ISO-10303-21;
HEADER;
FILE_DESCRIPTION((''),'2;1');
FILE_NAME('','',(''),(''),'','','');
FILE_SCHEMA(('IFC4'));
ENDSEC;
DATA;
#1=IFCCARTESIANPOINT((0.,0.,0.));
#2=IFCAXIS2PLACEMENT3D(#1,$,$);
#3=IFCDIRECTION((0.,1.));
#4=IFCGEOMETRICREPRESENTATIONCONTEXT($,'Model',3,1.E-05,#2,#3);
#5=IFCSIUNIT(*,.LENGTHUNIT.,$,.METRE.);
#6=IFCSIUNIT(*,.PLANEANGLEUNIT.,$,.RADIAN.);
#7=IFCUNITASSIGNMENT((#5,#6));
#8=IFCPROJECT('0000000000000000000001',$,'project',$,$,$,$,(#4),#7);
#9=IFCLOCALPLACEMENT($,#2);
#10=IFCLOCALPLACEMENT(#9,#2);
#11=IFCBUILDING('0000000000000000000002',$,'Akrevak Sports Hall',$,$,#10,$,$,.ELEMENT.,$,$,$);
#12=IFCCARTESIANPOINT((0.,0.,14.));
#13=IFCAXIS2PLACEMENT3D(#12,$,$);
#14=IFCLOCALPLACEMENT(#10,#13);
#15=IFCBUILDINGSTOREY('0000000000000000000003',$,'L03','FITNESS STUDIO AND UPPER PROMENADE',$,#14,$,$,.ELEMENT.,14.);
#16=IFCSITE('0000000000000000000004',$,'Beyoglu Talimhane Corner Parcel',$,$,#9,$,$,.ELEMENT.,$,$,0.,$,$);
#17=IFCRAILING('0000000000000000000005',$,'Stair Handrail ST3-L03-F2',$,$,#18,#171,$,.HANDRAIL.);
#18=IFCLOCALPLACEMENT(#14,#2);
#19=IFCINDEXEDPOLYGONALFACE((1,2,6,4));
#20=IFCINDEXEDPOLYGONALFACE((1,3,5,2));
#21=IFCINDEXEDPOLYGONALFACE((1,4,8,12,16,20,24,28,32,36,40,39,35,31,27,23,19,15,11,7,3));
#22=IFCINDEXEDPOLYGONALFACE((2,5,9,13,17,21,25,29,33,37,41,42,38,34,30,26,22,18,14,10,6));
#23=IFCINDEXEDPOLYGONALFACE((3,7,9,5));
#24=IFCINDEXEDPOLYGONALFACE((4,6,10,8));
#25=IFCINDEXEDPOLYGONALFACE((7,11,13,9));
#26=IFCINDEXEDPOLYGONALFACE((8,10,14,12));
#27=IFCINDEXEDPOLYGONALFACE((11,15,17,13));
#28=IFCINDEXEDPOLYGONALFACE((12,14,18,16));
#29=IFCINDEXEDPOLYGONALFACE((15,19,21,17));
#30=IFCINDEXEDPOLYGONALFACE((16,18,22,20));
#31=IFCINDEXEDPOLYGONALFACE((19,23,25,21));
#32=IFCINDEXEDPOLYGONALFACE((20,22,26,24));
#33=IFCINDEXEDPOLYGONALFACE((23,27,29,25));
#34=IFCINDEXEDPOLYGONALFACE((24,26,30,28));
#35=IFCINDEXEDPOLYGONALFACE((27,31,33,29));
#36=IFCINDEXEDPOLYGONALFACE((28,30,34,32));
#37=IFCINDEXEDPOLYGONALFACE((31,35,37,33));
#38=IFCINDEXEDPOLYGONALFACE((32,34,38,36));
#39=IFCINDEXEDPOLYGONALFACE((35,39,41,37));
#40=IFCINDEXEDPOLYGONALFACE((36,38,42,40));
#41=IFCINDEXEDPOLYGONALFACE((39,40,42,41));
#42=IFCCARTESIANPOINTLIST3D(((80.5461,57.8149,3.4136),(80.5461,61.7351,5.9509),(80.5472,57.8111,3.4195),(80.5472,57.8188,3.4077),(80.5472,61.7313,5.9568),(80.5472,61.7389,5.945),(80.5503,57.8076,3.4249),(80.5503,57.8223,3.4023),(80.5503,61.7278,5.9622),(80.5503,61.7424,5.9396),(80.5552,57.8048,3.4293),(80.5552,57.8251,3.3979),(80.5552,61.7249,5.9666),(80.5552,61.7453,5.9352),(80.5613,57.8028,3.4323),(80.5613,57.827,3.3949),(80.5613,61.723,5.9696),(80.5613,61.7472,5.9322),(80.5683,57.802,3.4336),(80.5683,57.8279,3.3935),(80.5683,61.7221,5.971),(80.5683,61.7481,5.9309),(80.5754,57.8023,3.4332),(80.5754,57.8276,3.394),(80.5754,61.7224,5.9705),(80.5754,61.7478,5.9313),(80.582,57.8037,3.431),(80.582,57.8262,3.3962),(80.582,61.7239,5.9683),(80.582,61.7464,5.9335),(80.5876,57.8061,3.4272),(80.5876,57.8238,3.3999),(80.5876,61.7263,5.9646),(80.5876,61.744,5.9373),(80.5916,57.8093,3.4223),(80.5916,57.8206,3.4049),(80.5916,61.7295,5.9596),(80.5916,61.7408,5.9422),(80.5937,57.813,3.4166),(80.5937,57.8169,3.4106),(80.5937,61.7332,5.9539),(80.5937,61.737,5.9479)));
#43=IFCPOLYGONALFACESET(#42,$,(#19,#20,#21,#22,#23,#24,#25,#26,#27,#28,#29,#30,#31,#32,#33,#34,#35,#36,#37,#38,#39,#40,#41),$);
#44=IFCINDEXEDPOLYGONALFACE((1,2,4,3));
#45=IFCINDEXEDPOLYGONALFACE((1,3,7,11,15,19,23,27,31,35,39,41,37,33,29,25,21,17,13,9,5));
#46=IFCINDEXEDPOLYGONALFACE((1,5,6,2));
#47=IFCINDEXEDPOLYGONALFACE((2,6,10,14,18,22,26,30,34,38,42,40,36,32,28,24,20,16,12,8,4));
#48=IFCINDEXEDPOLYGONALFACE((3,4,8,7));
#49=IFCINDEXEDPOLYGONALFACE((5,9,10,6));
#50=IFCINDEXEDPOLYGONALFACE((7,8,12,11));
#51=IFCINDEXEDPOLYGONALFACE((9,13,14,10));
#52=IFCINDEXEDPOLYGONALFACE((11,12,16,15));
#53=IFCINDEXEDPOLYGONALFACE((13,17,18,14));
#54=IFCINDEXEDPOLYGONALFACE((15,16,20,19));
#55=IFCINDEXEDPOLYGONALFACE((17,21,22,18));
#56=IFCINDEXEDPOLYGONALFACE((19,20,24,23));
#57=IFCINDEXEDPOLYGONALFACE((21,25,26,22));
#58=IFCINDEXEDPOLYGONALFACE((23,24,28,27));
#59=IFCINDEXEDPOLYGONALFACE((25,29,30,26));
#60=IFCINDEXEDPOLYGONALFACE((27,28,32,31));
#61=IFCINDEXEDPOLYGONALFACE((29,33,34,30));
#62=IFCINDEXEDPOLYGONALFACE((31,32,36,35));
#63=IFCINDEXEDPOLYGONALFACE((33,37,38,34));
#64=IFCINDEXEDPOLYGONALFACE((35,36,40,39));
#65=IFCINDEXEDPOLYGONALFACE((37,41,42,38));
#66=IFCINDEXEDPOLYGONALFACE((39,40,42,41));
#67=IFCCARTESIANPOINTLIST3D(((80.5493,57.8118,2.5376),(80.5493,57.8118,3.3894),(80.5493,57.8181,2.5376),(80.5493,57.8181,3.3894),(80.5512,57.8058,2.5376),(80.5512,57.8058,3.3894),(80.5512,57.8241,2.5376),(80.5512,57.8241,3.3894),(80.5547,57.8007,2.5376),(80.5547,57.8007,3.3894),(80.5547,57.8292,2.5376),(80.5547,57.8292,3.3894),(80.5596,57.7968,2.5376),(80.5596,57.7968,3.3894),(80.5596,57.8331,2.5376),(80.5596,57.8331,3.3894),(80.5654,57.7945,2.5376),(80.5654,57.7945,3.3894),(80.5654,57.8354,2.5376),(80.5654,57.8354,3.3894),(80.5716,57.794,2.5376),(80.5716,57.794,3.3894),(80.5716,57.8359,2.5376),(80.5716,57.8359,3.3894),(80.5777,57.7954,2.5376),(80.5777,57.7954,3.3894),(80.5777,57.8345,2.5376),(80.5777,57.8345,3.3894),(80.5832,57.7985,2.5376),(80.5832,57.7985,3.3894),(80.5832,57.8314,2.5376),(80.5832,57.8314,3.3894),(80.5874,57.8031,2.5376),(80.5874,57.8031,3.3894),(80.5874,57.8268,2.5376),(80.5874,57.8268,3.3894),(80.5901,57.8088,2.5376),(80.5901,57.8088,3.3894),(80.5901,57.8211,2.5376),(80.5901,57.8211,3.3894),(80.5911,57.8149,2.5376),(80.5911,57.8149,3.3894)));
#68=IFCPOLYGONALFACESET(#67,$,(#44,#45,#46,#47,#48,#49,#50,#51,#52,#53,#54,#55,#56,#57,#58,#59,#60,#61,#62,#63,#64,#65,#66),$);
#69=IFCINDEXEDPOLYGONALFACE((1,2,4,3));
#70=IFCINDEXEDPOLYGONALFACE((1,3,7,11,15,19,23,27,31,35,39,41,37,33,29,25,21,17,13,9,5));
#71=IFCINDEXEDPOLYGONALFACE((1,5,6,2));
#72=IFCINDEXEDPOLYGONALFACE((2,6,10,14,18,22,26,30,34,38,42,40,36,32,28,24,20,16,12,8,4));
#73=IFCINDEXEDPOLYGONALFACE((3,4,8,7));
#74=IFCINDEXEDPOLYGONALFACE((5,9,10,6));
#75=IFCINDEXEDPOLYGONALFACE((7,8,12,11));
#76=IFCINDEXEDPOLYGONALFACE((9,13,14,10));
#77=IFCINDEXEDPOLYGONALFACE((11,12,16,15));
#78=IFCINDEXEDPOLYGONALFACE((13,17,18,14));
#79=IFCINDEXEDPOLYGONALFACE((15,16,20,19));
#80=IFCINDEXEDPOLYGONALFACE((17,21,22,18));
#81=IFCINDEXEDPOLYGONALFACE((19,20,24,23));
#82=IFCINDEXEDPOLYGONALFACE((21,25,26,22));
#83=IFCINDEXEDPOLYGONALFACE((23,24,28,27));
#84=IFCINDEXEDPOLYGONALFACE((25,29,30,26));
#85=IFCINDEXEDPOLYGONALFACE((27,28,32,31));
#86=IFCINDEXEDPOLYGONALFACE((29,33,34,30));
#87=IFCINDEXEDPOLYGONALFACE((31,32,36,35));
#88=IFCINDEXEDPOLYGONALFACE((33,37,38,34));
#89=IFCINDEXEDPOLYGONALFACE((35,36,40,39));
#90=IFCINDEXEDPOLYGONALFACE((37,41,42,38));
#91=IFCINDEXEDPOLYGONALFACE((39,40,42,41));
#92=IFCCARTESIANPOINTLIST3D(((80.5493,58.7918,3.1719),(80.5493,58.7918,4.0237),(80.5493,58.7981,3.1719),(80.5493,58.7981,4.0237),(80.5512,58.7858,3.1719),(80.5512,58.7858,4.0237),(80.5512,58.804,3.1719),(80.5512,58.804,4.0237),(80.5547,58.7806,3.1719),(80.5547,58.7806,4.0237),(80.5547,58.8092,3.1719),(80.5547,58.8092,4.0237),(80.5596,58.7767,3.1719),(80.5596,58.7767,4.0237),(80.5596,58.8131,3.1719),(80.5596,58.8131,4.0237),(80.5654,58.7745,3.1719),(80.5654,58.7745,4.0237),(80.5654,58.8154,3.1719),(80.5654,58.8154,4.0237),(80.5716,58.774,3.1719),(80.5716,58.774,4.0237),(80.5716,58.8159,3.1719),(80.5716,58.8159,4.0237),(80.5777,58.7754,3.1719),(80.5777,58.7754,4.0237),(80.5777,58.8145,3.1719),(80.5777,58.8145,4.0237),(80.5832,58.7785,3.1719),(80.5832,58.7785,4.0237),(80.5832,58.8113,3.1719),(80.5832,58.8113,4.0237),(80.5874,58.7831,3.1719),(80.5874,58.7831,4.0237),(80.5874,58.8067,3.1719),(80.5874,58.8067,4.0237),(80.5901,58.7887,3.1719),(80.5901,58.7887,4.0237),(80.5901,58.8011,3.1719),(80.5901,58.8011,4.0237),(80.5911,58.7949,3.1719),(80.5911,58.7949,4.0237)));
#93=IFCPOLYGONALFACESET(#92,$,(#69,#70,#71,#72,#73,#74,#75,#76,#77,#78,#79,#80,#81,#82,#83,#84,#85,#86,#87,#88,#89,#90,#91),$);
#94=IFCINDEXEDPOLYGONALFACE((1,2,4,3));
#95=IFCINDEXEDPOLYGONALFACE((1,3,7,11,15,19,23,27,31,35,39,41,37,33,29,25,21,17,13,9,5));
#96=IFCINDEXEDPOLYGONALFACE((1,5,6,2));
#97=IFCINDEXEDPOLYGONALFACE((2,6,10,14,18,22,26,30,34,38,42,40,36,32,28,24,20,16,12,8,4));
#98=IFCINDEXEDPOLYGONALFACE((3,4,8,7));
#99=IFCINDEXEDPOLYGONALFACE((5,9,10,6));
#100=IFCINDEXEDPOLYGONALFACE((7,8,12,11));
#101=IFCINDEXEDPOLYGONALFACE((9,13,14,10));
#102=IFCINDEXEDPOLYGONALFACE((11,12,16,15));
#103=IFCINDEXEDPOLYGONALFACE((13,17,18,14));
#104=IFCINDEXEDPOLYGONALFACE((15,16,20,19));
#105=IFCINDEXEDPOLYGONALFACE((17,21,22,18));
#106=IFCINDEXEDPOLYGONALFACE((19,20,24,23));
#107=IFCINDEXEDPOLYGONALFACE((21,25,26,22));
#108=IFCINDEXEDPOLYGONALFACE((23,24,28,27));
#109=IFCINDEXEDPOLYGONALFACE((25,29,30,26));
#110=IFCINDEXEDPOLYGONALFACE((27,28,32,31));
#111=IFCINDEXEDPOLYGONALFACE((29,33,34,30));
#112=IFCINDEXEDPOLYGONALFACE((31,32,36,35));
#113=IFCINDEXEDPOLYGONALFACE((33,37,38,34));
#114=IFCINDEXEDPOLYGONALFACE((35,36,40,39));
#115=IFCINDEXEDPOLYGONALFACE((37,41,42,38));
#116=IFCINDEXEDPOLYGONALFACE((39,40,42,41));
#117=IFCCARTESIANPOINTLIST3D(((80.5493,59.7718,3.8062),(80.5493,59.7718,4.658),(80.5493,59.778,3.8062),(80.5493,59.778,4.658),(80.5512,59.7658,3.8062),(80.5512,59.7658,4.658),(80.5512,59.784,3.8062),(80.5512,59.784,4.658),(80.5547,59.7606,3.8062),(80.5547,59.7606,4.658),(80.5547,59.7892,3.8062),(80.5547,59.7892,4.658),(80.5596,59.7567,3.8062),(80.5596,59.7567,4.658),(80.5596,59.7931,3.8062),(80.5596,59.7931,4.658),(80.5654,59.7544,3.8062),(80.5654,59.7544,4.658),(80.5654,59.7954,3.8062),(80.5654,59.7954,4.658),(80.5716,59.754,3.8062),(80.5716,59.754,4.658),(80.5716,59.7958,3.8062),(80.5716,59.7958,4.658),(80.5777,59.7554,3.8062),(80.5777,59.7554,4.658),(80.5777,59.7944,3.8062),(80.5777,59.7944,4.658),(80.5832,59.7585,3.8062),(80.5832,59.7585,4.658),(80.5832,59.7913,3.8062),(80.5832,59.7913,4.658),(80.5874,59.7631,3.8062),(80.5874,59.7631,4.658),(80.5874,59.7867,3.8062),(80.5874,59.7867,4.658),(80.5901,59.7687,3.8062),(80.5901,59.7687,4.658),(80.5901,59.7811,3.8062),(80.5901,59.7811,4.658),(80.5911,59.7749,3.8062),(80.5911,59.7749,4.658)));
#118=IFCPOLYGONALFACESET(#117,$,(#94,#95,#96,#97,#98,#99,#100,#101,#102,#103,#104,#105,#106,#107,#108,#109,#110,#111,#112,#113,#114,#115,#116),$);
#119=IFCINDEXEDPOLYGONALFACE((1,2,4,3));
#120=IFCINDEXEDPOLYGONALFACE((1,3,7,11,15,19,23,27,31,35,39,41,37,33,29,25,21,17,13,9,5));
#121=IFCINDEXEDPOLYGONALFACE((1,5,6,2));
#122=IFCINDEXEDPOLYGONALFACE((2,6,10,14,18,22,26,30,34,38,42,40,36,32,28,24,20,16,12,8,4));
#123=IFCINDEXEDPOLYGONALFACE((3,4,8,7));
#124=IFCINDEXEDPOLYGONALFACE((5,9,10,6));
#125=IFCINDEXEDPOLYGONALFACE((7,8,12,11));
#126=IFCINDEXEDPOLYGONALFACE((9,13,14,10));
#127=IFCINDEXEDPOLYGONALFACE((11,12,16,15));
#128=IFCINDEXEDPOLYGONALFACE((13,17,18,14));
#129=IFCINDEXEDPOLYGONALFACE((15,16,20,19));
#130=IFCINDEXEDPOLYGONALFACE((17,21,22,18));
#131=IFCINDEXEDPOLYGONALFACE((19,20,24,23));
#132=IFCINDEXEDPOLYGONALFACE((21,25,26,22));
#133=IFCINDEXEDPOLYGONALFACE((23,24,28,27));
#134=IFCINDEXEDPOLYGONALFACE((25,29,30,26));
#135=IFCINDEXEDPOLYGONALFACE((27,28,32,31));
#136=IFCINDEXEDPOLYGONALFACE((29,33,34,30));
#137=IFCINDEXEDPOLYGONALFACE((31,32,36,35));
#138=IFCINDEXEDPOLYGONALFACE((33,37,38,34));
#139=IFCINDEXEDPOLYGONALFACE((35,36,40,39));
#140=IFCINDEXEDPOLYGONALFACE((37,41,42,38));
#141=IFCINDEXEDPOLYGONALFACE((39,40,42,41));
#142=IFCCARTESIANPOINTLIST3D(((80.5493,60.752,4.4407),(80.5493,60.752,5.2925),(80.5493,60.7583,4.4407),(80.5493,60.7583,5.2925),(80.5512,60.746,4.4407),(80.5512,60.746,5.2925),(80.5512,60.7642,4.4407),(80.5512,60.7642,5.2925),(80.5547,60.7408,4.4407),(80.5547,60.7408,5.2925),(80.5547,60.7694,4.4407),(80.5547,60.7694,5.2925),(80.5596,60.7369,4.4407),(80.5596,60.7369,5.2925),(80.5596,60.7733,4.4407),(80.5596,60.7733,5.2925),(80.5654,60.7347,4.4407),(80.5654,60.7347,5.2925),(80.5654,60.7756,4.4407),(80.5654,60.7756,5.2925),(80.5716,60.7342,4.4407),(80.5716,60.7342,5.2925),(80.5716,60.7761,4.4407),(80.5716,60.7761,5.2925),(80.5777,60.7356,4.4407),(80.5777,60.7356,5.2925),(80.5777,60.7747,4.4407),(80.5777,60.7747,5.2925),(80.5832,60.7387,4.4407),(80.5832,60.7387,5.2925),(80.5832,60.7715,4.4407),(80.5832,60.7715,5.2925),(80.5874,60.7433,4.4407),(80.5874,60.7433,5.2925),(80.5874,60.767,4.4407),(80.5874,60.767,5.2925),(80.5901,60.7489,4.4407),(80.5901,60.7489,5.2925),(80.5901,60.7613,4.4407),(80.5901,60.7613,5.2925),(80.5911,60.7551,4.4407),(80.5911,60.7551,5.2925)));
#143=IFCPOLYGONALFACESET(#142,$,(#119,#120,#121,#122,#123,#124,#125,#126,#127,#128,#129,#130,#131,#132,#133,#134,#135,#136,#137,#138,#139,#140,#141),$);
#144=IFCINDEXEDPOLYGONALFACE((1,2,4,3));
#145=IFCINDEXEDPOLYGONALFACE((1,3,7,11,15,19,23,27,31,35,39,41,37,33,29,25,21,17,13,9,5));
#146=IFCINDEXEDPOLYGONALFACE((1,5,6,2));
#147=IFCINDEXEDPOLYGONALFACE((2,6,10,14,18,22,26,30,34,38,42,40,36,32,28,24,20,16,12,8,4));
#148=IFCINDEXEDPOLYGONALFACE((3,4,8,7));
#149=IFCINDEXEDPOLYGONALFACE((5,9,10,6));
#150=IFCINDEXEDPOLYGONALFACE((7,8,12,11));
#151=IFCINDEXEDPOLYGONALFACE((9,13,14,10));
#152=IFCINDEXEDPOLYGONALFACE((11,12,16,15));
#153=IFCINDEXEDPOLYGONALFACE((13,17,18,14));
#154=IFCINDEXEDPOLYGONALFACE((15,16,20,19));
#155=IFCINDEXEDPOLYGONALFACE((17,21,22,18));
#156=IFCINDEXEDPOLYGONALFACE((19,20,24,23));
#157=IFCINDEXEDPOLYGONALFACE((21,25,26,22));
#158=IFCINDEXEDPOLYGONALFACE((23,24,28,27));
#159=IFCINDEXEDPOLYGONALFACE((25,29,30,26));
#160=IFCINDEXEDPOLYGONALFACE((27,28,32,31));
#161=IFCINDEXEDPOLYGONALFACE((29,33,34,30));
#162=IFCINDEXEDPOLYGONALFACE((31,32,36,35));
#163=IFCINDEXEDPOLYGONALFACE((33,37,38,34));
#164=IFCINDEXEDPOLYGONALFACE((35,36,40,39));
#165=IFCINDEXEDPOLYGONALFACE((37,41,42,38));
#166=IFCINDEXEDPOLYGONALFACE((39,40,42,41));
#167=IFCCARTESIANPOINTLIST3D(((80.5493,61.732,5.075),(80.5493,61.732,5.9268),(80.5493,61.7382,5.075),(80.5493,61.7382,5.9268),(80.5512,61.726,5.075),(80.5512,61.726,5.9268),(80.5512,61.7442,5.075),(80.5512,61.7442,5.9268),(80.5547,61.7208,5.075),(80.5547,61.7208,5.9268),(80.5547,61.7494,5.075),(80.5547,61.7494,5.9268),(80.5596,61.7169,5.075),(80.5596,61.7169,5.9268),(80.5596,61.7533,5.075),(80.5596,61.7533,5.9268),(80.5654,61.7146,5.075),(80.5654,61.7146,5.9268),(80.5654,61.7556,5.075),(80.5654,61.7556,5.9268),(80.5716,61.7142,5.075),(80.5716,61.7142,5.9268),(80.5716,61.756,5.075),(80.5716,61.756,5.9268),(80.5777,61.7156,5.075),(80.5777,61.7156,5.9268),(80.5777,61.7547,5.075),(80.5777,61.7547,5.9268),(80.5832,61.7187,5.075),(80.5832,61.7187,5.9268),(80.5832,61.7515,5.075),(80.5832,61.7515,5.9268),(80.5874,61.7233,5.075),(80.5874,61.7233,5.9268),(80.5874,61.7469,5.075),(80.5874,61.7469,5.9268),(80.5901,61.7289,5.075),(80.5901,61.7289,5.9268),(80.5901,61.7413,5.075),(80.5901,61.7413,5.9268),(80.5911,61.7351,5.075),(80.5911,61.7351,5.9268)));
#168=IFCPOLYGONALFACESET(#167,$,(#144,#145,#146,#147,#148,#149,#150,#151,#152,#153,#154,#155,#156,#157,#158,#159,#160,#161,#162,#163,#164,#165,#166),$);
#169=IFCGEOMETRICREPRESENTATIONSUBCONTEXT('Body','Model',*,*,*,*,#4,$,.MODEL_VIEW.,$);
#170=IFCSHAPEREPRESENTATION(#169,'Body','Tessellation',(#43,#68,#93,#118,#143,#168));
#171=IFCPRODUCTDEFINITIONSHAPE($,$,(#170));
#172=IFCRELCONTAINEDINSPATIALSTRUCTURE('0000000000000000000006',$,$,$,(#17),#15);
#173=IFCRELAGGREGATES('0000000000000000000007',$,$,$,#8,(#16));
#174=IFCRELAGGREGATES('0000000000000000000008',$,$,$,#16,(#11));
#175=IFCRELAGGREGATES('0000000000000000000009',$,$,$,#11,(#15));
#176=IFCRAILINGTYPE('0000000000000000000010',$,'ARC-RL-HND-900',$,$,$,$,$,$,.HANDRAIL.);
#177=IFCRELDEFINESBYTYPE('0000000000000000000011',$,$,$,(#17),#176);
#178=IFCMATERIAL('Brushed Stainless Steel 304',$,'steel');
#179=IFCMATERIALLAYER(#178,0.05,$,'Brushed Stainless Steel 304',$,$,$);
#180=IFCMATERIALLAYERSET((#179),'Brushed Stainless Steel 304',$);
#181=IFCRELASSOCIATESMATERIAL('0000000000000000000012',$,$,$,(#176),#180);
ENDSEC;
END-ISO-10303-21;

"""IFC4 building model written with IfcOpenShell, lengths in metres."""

from ifc_helpers import new_model, si_unit, direction, frame, origin, origin_2d, place, context, subcontext, project, spatial, circle, extrude, material, layer, layer_set, type_object, element, save


model = new_model("IFC4")

# Units and contexts
model_context = context("Model", 3, precision=1e-05, world=origin(), true_north=direction((0.0, 1.0)))
body_context = subcontext(model_context, "Body", "Model", "MODEL_VIEW")
ifc_project = project(units=[si_unit("LENGTHUNIT", "METRE"), si_unit("PLANEANGLEUNIT", "RADIAN")], contexts=[model_context])

# Site, building, storey
site_placement = place(None, origin())
site = spatial("IfcSite", under=ifc_project, at=site_placement, Name="Beyoglu Talimhane Corner Parcel", CompositionType="ELEMENT", RefElevation=0.0)
building_placement = place(site_placement, origin())
building = spatial("IfcBuilding", under=site, at=building_placement, Name="Akrevak Sports Hall", CompositionType="ELEMENT")
storey_placement = place(building_placement, frame((0.0, 0.0, 14.0)))
storey = spatial("IfcBuildingStorey", under=building, at=storey_placement, Name="L03", Description="FITNESS STUDIO AND UPPER PROMENADE", CompositionType="ELEMENT", Elevation=14.0)

# Railing
ifc_material_1 = material(Name="Brushed Stainless Steel 304", Category="steel")
ifc_layer_1 = layer(ifc_material_1, 0.05, Name="Brushed Stainless Steel 304")
ifc_layer_set_1 = layer_set([ifc_layer_1], Name="Brushed Stainless Steel 304")
railing_type_1 = type_object("IfcRailingType", Name="ARC-RL-HND-900", PredefinedType="HANDRAIL", material=ifc_layer_set_1)
railing_1_placement = place(storey_placement, frame((80.5701, 57.8149, 2.5376)))
element("IfcRailing", 1, at=railing_1_placement, inside=storey, type_object=railing_type_1, Name="Stair Handrail ST3-L03-F2", PredefinedType="HANDRAIL", context=body_context, shape_type="SweptSolid", body=[
    extrude(circle(Radius=0.0239, at=origin_2d()), frame((0.0, 0.0, 0.876), z_axis=(0.0, 0.839494, 0.543368), x_axis=(-1.0, 0.0, 0.0)), (0.0, 0.0, 1.0), 4.6697),
    extrude(circle(Radius=0.021, at=origin_2d()), origin(), (0.0, 0.0, 1.0), 0.8518),
    extrude(circle(Radius=0.021, at=origin_2d()), frame((0.0, 0.98, 0.6343)), (0.0, 0.0, 1.0), 0.8518),
    extrude(circle(Radius=0.021, at=origin_2d()), frame((0.0, 1.96, 1.2686)), (0.0, 0.0, 1.0), 0.8518),
    extrude(circle(Radius=0.021, at=origin_2d()), frame((0.0, 2.9402, 1.9031)), (0.0, 0.0, 1.0), 0.8518),
    extrude(circle(Radius=0.021, at=origin_2d()), frame((0.0, 3.9202, 2.5374)), (0.0, 0.0, 1.0), 0.8518),
])

save(model, "model.ifc")
